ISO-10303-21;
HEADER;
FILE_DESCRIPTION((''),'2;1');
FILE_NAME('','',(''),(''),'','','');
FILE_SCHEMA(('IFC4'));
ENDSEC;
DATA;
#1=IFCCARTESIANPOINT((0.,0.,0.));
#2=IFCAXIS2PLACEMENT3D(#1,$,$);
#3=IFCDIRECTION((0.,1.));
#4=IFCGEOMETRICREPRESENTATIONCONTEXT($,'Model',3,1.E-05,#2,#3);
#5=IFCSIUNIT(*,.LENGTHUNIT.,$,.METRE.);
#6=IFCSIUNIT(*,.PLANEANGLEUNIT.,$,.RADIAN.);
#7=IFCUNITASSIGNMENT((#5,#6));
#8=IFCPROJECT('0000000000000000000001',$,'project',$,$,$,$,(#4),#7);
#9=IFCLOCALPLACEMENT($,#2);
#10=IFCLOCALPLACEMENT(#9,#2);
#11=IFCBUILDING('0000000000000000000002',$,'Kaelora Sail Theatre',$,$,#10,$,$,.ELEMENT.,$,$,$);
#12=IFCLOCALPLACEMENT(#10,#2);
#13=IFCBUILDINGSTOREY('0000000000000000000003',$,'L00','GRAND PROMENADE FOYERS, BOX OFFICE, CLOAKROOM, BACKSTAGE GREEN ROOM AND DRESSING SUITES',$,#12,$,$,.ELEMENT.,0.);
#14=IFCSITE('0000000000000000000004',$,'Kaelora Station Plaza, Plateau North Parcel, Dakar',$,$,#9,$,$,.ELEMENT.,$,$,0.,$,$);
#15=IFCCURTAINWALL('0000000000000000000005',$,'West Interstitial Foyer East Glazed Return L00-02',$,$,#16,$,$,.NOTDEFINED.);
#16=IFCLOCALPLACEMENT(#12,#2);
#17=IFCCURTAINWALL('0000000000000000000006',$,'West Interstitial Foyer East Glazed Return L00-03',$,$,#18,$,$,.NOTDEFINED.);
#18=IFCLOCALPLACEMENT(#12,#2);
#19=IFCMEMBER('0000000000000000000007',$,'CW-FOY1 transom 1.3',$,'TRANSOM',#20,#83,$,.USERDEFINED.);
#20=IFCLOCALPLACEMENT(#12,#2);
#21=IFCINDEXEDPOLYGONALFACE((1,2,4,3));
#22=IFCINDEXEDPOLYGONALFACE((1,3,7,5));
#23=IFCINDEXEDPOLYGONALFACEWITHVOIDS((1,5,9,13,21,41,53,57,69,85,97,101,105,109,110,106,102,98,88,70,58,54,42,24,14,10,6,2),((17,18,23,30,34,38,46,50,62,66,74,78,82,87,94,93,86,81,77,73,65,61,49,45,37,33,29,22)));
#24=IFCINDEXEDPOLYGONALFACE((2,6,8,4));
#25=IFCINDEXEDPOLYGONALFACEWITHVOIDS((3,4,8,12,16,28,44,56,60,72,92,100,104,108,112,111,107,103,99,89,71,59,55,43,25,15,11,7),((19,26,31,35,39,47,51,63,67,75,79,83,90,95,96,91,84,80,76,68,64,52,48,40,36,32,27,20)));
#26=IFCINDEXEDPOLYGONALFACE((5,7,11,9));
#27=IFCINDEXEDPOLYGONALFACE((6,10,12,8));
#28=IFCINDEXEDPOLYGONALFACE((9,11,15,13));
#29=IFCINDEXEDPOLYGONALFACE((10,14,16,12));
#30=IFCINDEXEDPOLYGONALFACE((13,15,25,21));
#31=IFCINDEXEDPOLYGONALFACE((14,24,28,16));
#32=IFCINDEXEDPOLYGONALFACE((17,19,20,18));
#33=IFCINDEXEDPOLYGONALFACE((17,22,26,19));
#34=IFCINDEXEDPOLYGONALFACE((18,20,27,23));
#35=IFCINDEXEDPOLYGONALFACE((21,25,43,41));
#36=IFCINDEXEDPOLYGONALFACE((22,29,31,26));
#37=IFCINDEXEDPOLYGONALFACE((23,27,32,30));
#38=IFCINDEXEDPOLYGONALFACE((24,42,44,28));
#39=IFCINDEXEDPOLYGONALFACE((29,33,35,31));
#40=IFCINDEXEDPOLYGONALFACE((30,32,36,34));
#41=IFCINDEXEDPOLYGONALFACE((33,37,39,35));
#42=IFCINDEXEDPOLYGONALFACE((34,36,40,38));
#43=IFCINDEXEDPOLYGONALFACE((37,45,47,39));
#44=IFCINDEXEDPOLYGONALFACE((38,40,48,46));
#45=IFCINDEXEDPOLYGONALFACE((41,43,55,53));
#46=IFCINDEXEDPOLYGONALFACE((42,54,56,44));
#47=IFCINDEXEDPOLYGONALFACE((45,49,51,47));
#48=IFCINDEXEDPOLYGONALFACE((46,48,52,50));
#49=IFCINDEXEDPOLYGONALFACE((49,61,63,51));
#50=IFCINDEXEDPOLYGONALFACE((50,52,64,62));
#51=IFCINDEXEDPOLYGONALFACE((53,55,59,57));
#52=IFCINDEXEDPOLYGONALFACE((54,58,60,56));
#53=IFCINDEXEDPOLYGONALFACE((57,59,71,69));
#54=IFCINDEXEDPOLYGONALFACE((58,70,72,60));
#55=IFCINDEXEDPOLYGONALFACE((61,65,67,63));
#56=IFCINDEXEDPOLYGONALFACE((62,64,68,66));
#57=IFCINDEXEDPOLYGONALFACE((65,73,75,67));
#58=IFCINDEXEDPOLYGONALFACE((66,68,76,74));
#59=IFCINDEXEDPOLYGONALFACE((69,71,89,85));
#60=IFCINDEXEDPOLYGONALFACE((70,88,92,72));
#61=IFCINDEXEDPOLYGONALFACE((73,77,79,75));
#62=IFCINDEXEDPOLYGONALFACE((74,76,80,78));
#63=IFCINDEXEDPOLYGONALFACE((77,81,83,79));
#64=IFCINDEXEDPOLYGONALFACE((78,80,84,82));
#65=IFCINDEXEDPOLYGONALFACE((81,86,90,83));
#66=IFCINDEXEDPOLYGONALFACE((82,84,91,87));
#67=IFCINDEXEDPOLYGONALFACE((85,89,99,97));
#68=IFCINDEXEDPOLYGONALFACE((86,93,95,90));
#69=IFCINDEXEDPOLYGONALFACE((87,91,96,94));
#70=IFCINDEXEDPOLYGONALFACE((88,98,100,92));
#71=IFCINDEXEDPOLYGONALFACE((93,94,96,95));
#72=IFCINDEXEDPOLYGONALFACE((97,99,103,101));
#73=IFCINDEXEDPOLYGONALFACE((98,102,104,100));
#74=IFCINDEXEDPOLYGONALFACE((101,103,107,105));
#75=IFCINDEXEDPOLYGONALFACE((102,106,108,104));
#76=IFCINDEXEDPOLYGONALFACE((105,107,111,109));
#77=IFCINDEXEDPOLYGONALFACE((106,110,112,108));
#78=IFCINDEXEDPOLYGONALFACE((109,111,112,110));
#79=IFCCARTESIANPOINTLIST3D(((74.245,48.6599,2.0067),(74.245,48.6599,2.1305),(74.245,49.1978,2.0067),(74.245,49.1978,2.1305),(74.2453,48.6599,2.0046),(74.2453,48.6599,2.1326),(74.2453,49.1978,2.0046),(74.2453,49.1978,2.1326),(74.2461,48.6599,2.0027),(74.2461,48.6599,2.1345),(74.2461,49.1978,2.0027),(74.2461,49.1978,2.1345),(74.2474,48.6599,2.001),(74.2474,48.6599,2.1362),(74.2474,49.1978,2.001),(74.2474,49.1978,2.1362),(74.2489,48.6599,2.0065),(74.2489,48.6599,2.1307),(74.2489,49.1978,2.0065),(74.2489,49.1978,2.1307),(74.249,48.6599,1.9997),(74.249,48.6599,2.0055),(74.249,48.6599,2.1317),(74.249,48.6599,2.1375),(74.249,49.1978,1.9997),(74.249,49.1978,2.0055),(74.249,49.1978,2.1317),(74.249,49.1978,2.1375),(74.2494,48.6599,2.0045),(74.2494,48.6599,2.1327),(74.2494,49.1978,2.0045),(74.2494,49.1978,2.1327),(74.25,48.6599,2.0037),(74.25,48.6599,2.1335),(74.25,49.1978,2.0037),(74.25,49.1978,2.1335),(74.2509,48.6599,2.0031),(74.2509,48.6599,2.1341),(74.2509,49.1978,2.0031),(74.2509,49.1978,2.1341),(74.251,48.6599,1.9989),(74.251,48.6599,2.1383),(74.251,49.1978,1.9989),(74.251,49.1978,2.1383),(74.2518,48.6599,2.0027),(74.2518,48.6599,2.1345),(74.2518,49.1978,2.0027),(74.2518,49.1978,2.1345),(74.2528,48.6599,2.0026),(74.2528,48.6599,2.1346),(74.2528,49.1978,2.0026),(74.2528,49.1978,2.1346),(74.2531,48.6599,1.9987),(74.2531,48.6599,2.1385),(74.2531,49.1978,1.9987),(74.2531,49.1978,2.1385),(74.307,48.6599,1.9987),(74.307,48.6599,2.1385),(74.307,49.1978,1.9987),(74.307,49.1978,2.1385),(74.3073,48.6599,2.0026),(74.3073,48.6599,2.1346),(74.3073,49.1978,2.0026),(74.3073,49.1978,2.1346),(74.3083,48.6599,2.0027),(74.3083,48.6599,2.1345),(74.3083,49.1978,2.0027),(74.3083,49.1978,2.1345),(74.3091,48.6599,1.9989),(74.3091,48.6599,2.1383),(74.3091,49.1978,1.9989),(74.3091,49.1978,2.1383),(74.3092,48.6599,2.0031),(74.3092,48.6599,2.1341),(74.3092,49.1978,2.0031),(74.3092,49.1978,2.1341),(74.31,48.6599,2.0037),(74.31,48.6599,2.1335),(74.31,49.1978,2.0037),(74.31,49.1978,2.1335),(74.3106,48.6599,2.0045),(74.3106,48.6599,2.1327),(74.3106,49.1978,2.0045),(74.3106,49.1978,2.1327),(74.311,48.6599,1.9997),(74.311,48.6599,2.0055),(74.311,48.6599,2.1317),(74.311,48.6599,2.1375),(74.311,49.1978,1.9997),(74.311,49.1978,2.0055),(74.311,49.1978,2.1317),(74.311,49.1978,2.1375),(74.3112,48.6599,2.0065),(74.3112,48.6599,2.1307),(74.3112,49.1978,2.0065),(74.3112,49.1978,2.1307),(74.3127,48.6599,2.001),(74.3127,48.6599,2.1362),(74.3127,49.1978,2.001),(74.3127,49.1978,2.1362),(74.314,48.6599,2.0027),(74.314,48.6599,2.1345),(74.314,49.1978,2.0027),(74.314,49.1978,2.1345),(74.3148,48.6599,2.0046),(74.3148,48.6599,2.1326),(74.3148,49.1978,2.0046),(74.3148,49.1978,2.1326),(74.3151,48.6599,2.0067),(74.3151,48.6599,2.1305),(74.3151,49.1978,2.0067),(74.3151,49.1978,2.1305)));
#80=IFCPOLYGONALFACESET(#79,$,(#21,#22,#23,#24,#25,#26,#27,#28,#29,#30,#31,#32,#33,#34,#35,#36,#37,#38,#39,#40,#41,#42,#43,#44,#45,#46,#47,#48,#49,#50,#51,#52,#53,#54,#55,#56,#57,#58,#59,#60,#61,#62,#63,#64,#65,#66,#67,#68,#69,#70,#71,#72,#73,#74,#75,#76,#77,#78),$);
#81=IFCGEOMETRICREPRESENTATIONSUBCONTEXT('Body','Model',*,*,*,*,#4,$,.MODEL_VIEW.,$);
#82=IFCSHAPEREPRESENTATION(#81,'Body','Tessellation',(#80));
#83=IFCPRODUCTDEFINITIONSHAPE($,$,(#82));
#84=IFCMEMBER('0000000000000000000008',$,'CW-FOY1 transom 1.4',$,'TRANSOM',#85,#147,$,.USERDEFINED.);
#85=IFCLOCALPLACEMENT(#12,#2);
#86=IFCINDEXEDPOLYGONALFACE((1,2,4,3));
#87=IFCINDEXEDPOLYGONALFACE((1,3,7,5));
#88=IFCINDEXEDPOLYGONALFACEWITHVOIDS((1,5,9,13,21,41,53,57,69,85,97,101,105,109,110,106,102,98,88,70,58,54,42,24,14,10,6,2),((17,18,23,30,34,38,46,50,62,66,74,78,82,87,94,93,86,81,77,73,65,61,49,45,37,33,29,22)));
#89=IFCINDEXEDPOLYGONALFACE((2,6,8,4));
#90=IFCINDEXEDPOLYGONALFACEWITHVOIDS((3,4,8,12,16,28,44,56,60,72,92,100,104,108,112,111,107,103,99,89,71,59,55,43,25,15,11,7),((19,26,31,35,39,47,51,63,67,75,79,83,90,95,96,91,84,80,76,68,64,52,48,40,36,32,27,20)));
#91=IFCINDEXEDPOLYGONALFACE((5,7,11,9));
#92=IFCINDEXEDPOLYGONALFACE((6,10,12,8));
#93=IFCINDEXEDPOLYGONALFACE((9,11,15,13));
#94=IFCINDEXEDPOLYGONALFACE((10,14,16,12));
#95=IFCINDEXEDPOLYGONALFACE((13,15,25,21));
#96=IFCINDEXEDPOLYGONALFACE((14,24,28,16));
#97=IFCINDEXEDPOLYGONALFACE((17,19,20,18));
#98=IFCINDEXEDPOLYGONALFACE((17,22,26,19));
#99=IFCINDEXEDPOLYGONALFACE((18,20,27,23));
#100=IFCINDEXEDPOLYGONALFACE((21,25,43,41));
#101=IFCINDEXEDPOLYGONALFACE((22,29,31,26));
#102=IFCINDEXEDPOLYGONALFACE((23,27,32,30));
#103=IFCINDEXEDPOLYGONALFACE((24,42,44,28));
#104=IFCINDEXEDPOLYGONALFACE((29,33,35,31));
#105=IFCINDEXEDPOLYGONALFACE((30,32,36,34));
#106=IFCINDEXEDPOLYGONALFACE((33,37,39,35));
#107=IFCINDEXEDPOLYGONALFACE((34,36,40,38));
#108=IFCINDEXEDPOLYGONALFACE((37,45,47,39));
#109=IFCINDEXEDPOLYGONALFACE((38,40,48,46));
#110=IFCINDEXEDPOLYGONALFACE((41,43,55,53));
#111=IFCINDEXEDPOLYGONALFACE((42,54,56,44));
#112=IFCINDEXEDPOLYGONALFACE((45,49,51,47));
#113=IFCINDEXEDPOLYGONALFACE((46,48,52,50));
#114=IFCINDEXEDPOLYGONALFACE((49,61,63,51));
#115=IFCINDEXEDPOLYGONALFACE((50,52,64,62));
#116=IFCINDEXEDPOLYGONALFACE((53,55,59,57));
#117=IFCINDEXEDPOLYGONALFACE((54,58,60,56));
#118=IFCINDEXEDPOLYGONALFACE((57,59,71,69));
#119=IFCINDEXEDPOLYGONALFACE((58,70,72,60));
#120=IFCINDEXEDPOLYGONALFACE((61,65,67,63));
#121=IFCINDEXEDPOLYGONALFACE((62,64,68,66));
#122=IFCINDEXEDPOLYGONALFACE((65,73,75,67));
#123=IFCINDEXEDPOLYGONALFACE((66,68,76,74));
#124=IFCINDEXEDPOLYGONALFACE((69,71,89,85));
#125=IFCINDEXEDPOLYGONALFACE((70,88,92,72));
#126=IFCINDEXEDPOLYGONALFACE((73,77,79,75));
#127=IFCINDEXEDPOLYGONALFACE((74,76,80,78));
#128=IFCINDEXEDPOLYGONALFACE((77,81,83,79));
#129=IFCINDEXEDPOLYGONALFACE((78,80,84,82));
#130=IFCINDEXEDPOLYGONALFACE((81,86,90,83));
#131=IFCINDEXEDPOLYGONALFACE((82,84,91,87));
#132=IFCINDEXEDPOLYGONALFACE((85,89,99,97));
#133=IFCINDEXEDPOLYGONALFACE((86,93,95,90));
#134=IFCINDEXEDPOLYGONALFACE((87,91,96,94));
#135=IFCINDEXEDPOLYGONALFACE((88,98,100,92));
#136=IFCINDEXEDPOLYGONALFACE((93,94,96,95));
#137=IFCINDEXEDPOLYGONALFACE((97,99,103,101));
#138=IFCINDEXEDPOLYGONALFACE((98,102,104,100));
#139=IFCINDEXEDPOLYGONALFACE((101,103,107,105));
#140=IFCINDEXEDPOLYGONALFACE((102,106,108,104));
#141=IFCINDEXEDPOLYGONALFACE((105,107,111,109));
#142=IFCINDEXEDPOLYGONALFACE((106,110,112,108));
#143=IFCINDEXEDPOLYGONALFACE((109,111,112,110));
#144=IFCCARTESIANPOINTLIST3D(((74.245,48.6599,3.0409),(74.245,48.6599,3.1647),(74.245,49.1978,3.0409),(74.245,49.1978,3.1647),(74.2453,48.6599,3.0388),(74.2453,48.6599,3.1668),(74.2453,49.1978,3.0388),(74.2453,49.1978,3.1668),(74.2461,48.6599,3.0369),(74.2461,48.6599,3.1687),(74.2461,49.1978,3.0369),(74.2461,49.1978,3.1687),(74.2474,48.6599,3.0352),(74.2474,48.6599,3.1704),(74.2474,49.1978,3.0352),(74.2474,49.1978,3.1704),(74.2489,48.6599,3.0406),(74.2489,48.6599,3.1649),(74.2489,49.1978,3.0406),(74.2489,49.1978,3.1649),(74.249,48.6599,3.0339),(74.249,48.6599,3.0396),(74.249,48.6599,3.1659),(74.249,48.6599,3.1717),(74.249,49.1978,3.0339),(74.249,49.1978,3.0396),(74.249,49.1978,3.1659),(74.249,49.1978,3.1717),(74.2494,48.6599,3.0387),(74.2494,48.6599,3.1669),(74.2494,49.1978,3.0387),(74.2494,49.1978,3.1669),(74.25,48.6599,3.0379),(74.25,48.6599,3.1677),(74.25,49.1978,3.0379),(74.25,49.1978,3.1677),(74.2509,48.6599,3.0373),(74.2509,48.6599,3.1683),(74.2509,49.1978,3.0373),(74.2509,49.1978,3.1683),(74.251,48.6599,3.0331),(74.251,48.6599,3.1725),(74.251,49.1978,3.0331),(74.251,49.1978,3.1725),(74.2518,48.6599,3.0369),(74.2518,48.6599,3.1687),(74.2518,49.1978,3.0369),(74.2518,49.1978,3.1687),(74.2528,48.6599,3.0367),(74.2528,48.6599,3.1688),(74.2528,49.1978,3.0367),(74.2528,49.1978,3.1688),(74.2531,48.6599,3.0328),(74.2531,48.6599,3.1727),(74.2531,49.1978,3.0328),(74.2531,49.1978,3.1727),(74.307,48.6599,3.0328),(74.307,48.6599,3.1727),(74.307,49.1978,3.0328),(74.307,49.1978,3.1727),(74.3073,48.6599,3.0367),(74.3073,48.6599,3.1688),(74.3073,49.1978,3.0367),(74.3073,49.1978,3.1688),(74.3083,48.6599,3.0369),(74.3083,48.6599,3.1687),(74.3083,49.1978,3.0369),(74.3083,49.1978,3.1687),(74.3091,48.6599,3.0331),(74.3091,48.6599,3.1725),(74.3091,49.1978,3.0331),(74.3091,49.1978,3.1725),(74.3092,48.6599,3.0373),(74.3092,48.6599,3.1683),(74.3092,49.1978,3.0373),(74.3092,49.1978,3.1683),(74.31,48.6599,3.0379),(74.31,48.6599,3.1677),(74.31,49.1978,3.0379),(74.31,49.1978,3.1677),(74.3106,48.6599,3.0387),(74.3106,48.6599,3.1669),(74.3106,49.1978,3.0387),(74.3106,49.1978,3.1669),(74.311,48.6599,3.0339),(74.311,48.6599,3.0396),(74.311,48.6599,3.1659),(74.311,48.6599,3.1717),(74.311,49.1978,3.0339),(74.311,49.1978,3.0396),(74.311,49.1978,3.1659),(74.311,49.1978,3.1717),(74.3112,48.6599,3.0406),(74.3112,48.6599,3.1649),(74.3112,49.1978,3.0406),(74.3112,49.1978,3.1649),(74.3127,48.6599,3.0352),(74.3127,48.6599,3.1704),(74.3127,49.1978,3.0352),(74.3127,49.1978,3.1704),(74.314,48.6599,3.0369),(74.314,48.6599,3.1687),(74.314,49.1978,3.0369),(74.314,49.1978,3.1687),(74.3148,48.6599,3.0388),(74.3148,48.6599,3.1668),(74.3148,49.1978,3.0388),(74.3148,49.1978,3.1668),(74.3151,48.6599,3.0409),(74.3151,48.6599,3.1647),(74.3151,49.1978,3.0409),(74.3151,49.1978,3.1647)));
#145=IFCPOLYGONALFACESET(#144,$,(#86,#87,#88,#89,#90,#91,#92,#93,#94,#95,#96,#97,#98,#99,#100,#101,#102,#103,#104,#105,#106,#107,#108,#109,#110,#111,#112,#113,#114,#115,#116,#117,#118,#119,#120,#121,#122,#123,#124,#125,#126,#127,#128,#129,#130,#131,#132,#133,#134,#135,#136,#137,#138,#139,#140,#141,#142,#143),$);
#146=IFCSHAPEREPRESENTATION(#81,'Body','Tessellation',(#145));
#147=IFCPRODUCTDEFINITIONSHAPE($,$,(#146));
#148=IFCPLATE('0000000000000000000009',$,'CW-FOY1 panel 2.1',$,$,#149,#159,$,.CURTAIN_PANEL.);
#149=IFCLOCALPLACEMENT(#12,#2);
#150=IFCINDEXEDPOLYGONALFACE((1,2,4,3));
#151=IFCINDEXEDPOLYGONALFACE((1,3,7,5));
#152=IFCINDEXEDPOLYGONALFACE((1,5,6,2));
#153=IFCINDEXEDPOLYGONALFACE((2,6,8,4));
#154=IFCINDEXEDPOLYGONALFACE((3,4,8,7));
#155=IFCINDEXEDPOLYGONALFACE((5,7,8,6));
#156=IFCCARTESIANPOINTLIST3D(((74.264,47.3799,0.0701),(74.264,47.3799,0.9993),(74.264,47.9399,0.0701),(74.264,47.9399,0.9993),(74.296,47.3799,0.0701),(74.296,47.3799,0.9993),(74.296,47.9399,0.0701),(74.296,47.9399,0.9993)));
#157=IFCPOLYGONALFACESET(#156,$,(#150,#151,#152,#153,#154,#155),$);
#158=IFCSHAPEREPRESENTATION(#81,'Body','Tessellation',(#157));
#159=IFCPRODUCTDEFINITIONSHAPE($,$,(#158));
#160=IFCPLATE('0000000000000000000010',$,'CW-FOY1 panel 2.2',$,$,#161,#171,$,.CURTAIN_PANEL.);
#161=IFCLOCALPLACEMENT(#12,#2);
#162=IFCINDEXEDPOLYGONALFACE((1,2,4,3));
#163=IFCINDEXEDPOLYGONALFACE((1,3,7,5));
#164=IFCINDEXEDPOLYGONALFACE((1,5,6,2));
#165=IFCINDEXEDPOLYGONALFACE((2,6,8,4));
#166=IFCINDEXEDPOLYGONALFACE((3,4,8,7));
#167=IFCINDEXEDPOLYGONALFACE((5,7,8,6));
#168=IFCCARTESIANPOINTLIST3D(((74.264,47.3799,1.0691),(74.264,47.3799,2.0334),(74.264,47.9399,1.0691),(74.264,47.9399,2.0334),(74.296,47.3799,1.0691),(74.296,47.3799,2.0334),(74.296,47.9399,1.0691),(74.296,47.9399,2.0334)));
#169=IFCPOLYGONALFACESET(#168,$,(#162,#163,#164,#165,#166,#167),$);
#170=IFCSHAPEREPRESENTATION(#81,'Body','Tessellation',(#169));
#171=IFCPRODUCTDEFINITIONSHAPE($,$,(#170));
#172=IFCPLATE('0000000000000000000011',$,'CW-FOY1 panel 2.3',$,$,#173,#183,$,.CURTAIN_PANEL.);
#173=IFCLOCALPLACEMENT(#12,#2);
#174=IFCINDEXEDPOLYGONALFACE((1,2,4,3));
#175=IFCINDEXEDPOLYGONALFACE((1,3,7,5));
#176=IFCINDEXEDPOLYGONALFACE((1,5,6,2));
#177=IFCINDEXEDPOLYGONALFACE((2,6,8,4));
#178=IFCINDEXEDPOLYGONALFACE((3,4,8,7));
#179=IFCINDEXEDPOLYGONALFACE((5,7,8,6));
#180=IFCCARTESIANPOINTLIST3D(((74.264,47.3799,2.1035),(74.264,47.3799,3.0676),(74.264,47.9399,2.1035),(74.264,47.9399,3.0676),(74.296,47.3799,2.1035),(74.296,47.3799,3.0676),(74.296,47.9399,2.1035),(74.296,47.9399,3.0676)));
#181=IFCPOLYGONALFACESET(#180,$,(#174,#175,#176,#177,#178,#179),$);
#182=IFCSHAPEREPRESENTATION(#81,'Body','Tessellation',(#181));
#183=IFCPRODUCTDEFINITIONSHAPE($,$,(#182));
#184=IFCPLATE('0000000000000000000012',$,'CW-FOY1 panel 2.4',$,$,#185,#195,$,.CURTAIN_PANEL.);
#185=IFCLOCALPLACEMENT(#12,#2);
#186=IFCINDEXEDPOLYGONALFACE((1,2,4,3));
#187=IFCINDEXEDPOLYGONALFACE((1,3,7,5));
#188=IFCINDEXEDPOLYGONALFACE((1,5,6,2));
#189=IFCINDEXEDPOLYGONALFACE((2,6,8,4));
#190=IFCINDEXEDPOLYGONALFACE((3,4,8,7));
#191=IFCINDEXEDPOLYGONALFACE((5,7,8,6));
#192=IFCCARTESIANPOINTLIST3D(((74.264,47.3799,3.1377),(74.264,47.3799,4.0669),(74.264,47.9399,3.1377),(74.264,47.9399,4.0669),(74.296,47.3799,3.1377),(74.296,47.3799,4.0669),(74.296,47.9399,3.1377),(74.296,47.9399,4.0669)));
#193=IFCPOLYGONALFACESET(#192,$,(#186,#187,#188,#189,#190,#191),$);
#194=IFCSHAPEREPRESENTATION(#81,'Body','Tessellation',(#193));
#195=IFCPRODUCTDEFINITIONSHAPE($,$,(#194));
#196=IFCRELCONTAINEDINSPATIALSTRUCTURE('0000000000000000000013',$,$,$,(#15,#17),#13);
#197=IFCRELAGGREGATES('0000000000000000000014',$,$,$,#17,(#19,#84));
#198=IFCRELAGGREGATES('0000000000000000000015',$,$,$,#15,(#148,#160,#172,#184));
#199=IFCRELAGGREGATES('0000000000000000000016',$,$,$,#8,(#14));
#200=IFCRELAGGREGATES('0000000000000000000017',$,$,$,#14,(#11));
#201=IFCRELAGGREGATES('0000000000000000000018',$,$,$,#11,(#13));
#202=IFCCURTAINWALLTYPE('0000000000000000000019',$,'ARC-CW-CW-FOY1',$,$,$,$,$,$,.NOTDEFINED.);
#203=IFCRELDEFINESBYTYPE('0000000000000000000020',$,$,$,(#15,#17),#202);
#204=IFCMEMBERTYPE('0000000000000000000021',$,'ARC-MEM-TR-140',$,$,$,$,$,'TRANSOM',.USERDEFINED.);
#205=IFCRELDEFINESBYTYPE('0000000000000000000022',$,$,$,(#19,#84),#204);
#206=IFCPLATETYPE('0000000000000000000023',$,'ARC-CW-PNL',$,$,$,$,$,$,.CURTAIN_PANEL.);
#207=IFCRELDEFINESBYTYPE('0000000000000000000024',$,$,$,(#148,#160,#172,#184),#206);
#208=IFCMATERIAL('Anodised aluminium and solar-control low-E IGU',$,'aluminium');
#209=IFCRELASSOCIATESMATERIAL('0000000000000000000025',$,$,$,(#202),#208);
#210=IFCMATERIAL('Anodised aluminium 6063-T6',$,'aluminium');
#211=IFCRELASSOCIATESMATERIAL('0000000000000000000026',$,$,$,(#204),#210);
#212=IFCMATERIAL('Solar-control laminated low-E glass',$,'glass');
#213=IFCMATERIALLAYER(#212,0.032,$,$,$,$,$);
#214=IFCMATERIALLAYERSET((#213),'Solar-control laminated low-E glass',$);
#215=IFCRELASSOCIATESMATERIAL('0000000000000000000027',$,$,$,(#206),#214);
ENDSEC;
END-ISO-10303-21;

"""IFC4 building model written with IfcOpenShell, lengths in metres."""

from ifc_helpers import new_model, si_unit, direction, frame, origin, origin_2d, place, context, subcontext, project, spatial, rectangle, hollow_rectangle, extrude, material, layer, layer_set, material_profile, profile_set, type_object, element, aggregate, save


model = new_model("IFC4")

# Units and contexts
model_context = context("Model", 3, precision=1e-05, world=origin(), true_north=direction((0.0, 1.0)))
body_context = subcontext(model_context, "Body", "Model", "MODEL_VIEW")
ifc_project = project(units=[si_unit("LENGTHUNIT", "METRE"), si_unit("PLANEANGLEUNIT", "RADIAN")], contexts=[model_context])

# Site, building, storey
site_placement = place(None, origin())
site = spatial("IfcSite", under=ifc_project, at=site_placement, Name="Kaelora Station Plaza, Plateau North Parcel, Dakar", CompositionType="ELEMENT", RefElevation=0.0)
building_placement = place(site_placement, origin())
building = spatial("IfcBuilding", under=site, at=building_placement, Name="Kaelora Sail Theatre", CompositionType="ELEMENT")
storey_placement = place(building_placement, origin())
storey = spatial("IfcBuildingStorey", under=building, at=storey_placement, Name="L00", Description="GRAND PROMENADE FOYERS, BOX OFFICE, CLOAKROOM, BACKSTAGE GREEN ROOM AND DRESSING SUITES", CompositionType="ELEMENT", Elevation=0.0)

# Curtain wall
ifc_material_1 = material(Name="Anodised aluminium and solar-control low-E IGU", Category="aluminium")
curtain_wall_type = type_object("IfcCurtainWallType", Name="ARC-CW-CW-FOY1", PredefinedType="NOTDEFINED", material=ifc_material_1)
curtain_wall_1_placement = place(storey_placement, origin())
curtain_wall_1 = element("IfcCurtainWall", 1, at=curtain_wall_1_placement, inside=storey, type_object=curtain_wall_type, Name="West Interstitial Foyer East Glazed Return L00-02", PredefinedType="NOTDEFINED")

# Curtain wall
curtain_wall_2_placement = place(storey_placement, origin())
curtain_wall_2 = element("IfcCurtainWall", 2, at=curtain_wall_2_placement, inside=storey, type_object=curtain_wall_type, Name="West Interstitial Foyer East Glazed Return L00-03", PredefinedType="NOTDEFINED")

# Members
ifc_material_2 = material(Name="Anodised aluminium 6063-T6", Category="aluminium")
ifc_material_profile_1 = material_profile(ifc_material_2, hollow_rectangle(XDim=0.0701, YDim=0.1399, WallThickness=0.0039, InnerFilletRadius=0.0039, OuterFilletRadius=0.0081, at=origin_2d()), Name="ALU-TRAN 70x140x4")
ifc_profile_set_1 = profile_set([ifc_material_profile_1], Name="Anodised aluminium 6063-T6")
member_type_1 = type_object("IfcMemberType", Name="ARC-MEM-TR-140", ElementType="TRANSOM", PredefinedType="USERDEFINED", material=ifc_profile_set_1)
member_1_placement = place(storey_placement, frame((74.28, 48.6599, 2.0686), z_axis=(0.0, 1.0, 0.0), x_axis=(-1.0, 0.0, 0.0)))
member_1 = element("IfcMember", 3, at=member_1_placement, type_object=member_type_1, Name="CW-FOY1 transom 1.3", ObjectType="TRANSOM", PredefinedType="USERDEFINED", context=body_context, shape_type="SweptSolid", body=[
    extrude(hollow_rectangle(XDim=0.0701, YDim=0.1399, WallThickness=0.0039, InnerFilletRadius=0.0039, OuterFilletRadius=0.0081, at=origin_2d()), origin(), (0.0, 0.0, 1.0), 0.5378),
])
member_2_placement = place(storey_placement, frame((74.28, 48.6599, 3.1028), z_axis=(0.0, 1.0, 0.0), x_axis=(-1.0, 0.0, 0.0)))
member_2 = element("IfcMember", 4, at=member_2_placement, type_object=member_type_1, Name="CW-FOY1 transom 1.4", ObjectType="TRANSOM", PredefinedType="USERDEFINED", context=body_context, shape_type="SweptSolid", body=[
    extrude(hollow_rectangle(XDim=0.0701, YDim=0.1399, WallThickness=0.0039, InnerFilletRadius=0.0039, OuterFilletRadius=0.0081, at=origin_2d()), origin(), (0.0, 0.0, 1.0), 0.5378),
])
aggregate(curtain_wall_2, [member_1, member_2])

# Plates
ifc_material_3 = material(Name="Solar-control laminated low-E glass", Category="glass")
ifc_layer_1 = layer(ifc_material_3, 0.032)
ifc_layer_set_1 = layer_set([ifc_layer_1], Name="Solar-control laminated low-E glass")
plate_type = type_object("IfcPlateType", Name="ARC-CW-PNL", PredefinedType="CURTAIN_PANEL", material=ifc_layer_set_1)
plate_1_placement = place(storey_placement, frame((74.28, 47.6599, 0.0701), z_axis=(0.0, 0.0, 1.0), x_axis=(0.0, 1.0, 0.0)))
plate_1 = element("IfcPlate", 5, at=plate_1_placement, type_object=plate_type, Name="CW-FOY1 panel 2.1", PredefinedType="CURTAIN_PANEL", context=body_context, shape_type="SweptSolid", body=[
    extrude(rectangle(XDim=0.5601, YDim=0.032, at=origin_2d()), origin(), (0.0, 0.0, 1.0), 0.9292),
])
plate_2_placement = place(storey_placement, frame((74.28, 47.6599, 1.0691), z_axis=(0.0, 0.0, 1.0), x_axis=(0.0, 1.0, 0.0)))
plate_2 = element("IfcPlate", 6, at=plate_2_placement, type_object=plate_type, Name="CW-FOY1 panel 2.2", PredefinedType="CURTAIN_PANEL", context=body_context, shape_type="SweptSolid", body=[
    extrude(rectangle(XDim=0.5601, YDim=0.032, at=origin_2d()), origin(), (0.0, 0.0, 1.0), 0.9644),
])
plate_3_placement = place(storey_placement, frame((74.28, 47.6599, 2.1035), z_axis=(0.0, 0.0, 1.0), x_axis=(0.0, 1.0, 0.0)))
plate_3 = element("IfcPlate", 7, at=plate_3_placement, type_object=plate_type, Name="CW-FOY1 panel 2.3", PredefinedType="CURTAIN_PANEL", context=body_context, shape_type="SweptSolid", body=[
    extrude(rectangle(XDim=0.5601, YDim=0.032, at=origin_2d()), origin(), (0.0, 0.0, 1.0), 0.9641),
])
plate_4_placement = place(storey_placement, frame((74.28, 47.6599, 3.1377), z_axis=(0.0, 0.0, 1.0), x_axis=(0.0, 1.0, 0.0)))
plate_4 = element("IfcPlate", 8, at=plate_4_placement, type_object=plate_type, Name="CW-FOY1 panel 2.4", PredefinedType="CURTAIN_PANEL", context=body_context, shape_type="SweptSolid", body=[
    extrude(rectangle(XDim=0.5601, YDim=0.032, at=origin_2d()), origin(), (0.0, 0.0, 1.0), 0.9292),
])
aggregate(curtain_wall_1, [plate_1, plate_2, plate_3, plate_4])

save(model, "model.ifc")
